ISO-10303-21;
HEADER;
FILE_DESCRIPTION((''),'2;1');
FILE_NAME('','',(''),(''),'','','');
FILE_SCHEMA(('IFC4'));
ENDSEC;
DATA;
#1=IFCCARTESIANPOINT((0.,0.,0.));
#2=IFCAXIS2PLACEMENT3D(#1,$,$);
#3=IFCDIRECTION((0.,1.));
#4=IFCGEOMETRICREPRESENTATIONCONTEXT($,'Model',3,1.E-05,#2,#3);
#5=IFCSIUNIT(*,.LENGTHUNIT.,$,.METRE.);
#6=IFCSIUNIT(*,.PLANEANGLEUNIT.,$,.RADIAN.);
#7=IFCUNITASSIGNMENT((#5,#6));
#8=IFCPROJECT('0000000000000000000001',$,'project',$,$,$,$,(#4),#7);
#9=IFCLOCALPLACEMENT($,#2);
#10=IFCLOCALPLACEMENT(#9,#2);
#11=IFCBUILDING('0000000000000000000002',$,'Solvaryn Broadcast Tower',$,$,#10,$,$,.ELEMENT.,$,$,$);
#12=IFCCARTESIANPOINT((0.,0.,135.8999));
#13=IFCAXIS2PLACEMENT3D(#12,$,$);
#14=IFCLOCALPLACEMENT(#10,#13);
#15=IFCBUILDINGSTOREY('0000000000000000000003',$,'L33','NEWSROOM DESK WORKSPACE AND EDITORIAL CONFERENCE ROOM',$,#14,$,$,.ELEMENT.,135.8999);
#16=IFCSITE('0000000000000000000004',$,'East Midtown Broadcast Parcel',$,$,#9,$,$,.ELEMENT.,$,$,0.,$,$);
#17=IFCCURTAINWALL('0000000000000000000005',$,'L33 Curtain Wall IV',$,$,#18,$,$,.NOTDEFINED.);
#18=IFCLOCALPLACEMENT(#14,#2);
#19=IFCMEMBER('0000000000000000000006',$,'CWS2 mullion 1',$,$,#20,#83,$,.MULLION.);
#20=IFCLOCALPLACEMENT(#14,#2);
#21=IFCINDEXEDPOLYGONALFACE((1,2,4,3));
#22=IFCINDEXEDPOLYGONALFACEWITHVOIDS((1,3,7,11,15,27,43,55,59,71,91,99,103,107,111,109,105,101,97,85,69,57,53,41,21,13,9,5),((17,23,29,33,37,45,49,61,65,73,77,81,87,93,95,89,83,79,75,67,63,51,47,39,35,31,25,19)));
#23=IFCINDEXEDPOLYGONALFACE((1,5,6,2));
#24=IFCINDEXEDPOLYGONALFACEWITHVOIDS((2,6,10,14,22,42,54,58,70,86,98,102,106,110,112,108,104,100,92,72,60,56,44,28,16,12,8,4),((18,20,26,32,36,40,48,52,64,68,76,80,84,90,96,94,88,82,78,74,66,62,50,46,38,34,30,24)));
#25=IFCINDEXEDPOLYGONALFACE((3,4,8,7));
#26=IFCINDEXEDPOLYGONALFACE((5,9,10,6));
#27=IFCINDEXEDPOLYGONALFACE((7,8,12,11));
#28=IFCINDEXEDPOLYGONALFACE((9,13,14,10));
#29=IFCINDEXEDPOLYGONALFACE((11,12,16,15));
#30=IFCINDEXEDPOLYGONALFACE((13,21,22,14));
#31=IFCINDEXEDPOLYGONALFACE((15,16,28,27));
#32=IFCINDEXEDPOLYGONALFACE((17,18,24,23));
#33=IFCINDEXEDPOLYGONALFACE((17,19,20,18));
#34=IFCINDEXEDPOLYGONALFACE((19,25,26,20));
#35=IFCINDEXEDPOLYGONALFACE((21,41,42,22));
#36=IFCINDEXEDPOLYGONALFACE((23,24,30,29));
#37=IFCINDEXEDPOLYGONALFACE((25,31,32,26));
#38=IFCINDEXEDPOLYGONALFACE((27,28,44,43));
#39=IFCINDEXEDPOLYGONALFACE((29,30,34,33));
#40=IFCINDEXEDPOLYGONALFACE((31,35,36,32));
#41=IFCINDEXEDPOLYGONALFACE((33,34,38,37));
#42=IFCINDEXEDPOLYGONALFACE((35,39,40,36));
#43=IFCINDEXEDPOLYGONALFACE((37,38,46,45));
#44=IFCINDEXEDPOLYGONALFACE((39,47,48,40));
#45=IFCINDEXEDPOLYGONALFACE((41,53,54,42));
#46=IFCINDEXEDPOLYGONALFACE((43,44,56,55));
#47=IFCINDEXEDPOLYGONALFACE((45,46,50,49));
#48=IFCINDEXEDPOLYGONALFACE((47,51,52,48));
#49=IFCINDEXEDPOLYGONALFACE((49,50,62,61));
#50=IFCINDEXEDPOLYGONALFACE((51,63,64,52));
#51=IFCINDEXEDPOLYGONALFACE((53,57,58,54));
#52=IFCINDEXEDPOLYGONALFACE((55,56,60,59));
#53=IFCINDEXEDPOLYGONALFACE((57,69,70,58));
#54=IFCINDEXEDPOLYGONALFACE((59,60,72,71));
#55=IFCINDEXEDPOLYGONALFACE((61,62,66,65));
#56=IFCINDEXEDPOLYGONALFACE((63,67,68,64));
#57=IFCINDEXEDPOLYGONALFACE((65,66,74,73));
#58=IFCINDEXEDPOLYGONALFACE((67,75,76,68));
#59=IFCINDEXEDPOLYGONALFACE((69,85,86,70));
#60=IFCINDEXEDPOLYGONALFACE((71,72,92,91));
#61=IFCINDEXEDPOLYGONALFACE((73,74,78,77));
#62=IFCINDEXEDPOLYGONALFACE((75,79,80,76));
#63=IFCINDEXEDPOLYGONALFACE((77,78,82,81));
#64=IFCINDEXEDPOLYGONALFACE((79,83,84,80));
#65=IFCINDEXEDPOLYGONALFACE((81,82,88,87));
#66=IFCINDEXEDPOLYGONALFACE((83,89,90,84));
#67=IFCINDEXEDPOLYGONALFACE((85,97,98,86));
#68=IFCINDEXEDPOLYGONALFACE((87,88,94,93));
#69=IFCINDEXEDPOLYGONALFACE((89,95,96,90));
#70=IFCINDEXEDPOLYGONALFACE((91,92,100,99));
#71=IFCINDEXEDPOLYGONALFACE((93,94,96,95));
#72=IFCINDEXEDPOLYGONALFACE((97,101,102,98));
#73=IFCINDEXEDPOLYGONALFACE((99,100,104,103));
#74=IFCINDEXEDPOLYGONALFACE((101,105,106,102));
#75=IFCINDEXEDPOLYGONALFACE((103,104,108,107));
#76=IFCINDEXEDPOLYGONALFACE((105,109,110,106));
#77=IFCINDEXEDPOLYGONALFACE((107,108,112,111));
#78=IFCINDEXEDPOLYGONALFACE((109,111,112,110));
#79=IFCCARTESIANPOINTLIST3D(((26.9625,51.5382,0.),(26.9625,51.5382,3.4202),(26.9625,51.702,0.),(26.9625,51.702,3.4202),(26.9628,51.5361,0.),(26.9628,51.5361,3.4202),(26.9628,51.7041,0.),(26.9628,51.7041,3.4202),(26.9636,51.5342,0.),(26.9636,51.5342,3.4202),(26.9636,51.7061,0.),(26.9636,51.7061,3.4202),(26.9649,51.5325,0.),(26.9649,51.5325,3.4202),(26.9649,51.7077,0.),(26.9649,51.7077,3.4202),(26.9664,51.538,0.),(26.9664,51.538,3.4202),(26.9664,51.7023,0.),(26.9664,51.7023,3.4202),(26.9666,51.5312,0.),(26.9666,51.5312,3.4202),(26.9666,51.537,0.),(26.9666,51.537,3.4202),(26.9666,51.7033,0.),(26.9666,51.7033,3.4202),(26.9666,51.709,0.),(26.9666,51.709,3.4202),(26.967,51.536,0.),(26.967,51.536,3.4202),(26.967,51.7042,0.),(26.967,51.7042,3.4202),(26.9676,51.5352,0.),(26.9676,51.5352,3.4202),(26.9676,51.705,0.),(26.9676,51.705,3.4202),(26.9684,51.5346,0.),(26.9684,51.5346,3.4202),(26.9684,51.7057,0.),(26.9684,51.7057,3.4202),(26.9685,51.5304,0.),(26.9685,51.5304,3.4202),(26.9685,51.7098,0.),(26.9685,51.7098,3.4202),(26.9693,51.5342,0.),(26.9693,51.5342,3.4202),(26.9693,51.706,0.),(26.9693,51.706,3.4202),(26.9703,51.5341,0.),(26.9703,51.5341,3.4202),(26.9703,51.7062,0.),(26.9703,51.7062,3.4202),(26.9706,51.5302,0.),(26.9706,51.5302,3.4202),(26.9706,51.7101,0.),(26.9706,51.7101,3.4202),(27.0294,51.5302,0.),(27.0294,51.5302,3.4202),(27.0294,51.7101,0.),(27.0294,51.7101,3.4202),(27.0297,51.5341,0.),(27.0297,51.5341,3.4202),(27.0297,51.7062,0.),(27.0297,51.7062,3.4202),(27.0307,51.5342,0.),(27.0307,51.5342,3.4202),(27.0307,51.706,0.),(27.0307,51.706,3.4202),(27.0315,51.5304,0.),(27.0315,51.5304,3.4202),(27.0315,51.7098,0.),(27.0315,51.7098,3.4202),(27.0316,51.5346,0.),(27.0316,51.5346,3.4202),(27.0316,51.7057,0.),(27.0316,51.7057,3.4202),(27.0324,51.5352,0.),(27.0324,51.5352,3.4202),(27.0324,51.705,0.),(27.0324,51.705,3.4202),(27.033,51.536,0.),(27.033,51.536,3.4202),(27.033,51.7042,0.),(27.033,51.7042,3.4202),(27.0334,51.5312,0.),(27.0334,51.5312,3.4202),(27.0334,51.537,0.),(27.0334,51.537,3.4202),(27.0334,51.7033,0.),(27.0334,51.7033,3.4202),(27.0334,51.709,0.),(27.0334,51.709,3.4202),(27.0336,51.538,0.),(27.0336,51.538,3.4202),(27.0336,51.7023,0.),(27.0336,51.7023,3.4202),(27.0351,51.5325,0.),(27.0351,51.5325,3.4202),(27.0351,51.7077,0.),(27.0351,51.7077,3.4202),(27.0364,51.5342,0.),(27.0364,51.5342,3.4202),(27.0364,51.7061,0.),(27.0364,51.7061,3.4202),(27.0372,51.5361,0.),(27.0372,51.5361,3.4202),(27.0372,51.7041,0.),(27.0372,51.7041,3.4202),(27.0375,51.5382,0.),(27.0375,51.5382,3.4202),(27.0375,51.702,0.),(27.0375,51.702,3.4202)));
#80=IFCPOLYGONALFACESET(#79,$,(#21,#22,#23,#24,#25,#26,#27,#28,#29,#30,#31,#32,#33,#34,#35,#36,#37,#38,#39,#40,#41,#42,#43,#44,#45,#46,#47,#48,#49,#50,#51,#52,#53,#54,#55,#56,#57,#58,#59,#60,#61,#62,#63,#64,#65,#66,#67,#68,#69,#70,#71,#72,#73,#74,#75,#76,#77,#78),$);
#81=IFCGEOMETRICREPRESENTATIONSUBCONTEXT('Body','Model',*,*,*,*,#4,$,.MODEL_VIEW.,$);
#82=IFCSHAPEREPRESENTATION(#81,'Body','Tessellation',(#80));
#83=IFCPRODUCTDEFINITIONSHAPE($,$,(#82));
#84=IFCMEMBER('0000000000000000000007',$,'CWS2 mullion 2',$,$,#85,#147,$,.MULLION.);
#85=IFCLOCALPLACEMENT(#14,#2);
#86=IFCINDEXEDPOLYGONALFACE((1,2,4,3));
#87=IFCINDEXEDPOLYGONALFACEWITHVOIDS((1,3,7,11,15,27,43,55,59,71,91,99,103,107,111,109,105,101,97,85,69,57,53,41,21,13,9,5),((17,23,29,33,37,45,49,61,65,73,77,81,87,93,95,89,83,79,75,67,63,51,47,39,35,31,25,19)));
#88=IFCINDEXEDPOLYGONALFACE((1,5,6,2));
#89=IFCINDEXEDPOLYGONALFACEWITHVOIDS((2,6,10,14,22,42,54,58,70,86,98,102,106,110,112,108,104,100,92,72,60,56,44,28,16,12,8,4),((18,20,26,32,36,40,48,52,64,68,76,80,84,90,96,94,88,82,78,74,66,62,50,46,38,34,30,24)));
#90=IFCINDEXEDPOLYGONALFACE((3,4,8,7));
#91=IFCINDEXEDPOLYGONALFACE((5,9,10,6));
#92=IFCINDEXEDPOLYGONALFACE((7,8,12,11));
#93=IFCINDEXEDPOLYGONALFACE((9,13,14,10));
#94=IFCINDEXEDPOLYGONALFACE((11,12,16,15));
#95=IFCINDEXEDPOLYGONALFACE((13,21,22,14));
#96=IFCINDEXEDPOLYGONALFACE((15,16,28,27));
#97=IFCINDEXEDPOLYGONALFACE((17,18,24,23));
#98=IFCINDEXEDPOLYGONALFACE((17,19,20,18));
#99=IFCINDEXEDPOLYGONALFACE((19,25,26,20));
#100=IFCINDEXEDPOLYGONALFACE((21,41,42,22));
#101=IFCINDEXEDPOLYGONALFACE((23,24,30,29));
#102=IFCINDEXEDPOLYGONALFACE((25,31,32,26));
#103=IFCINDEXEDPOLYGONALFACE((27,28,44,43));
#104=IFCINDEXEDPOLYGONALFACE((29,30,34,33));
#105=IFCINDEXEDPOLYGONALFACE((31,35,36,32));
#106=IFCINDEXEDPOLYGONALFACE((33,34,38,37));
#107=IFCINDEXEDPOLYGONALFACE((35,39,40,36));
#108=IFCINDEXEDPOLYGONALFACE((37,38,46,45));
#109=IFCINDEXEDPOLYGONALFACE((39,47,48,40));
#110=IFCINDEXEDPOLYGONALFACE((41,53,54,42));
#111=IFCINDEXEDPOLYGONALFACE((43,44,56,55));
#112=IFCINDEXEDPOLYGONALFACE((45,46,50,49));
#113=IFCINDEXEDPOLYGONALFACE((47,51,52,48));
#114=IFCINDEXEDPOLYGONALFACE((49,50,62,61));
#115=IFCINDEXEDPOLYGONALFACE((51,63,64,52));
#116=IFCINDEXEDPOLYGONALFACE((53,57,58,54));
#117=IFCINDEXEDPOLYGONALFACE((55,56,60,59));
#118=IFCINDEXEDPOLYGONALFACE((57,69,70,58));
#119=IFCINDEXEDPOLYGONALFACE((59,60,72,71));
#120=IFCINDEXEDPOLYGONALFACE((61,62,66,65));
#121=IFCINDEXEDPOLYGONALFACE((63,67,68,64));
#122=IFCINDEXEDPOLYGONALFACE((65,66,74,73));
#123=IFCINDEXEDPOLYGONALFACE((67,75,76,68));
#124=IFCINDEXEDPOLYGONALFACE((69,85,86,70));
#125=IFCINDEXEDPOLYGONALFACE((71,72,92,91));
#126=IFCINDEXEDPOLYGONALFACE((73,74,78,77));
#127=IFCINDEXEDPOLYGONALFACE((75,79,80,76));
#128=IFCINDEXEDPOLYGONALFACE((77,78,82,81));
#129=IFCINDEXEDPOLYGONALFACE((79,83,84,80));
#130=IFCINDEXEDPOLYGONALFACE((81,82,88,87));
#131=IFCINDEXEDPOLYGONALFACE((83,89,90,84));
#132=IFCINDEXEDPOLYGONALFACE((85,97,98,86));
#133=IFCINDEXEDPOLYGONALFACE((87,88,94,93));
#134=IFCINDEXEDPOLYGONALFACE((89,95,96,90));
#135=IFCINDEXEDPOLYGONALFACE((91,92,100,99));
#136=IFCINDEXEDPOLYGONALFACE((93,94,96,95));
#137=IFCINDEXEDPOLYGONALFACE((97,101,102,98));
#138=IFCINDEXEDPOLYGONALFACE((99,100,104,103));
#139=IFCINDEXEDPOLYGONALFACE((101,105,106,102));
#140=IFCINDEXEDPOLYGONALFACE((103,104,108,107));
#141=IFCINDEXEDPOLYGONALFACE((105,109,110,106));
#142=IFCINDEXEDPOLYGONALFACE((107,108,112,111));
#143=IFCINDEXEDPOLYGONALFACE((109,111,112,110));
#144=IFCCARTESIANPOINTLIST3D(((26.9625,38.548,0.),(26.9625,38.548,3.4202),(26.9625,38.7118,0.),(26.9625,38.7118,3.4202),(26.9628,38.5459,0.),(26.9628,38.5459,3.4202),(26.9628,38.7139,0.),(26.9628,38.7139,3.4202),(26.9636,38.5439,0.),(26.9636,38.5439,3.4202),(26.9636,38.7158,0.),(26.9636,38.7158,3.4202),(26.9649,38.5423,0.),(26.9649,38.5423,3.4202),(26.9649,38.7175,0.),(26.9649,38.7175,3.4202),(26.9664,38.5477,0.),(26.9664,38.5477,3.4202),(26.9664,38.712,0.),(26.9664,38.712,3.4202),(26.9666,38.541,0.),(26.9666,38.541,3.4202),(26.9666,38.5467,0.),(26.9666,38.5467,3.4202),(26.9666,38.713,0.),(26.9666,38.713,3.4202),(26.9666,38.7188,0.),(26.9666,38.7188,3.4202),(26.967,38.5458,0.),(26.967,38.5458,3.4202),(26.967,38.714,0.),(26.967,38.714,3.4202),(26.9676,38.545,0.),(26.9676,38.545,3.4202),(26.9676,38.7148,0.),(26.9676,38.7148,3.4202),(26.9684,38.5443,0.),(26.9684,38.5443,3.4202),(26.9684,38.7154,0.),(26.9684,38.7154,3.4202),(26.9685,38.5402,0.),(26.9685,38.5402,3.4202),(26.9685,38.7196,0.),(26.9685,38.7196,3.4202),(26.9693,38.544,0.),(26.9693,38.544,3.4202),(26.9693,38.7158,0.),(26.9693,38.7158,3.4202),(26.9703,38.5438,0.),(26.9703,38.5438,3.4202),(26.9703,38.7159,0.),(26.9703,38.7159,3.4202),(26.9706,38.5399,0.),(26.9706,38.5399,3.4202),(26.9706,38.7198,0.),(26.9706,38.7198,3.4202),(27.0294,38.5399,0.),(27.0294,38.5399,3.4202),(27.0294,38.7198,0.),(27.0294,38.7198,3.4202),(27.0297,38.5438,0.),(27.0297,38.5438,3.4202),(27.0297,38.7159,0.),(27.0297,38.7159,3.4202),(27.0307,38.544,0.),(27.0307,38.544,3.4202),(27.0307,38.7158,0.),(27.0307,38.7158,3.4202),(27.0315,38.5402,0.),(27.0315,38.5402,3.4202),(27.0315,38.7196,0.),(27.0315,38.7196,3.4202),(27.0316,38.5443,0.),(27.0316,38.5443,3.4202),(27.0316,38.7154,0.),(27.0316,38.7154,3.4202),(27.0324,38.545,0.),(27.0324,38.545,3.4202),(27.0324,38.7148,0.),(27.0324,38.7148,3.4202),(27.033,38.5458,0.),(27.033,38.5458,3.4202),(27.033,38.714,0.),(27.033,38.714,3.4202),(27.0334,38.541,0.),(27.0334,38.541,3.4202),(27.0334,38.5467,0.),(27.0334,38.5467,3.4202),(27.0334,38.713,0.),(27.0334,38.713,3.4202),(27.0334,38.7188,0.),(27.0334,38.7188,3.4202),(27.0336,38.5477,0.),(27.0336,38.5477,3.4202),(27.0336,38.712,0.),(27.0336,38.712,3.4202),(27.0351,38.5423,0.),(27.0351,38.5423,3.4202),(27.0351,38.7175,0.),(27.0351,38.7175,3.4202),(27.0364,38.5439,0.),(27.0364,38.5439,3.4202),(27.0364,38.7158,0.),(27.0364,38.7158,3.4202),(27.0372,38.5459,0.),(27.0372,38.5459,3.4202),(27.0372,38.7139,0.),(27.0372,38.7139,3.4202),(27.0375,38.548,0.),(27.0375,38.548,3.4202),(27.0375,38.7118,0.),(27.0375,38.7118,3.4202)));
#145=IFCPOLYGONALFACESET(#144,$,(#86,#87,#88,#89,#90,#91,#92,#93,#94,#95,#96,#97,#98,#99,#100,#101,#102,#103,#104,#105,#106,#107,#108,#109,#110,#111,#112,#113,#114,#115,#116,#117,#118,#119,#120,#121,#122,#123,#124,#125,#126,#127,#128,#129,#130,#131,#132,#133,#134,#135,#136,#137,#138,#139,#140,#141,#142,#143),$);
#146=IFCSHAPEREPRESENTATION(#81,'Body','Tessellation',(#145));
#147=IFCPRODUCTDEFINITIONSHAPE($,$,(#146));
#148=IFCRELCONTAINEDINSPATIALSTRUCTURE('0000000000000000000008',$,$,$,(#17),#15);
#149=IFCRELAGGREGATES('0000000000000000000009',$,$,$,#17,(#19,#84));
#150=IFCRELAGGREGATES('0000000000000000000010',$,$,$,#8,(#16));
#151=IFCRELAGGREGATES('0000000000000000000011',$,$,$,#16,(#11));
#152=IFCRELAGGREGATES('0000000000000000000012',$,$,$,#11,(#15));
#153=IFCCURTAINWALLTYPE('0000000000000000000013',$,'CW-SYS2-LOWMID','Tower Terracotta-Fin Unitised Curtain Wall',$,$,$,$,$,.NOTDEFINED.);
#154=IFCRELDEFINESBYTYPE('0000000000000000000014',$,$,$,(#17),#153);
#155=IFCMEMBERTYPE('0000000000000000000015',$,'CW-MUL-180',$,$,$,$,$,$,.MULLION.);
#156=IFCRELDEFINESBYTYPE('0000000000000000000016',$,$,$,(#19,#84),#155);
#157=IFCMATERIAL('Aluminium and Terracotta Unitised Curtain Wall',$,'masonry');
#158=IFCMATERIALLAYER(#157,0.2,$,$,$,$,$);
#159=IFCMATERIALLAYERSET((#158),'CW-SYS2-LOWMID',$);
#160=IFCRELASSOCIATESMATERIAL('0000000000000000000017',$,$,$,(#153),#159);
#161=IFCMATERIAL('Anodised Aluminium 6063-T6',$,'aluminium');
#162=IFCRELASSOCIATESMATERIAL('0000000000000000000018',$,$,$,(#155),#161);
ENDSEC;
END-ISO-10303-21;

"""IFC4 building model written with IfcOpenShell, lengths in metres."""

from ifc_helpers import new_model, si_unit, direction, frame, origin, origin_2d, place, context, subcontext, project, spatial, hollow_rectangle, extrude, material, layer, layer_set, material_profile, profile_set, type_object, element, aggregate, save


model = new_model("IFC4")

# Units and contexts
model_context = context("Model", 3, precision=1e-05, world=origin(), true_north=direction((0.0, 1.0)))
body_context = subcontext(model_context, "Body", "Model", "MODEL_VIEW")
ifc_project = project(units=[si_unit("LENGTHUNIT", "METRE"), si_unit("PLANEANGLEUNIT", "RADIAN")], contexts=[model_context])

# Site, building, storey
site_placement = place(None, origin())
site = spatial("IfcSite", under=ifc_project, at=site_placement, Name="East Midtown Broadcast Parcel", CompositionType="ELEMENT", RefElevation=0.0)
building_placement = place(site_placement, origin())
building = spatial("IfcBuilding", under=site, at=building_placement, Name="Solvaryn Broadcast Tower", CompositionType="ELEMENT")
storey_placement = place(building_placement, frame((0.0, 0.0, 135.8999)))
storey = spatial("IfcBuildingStorey", under=building, at=storey_placement, Name="L33", Description="NEWSROOM DESK WORKSPACE AND EDITORIAL CONFERENCE ROOM", CompositionType="ELEMENT", Elevation=135.8999)

# Curtain wall, members
ifc_material_1 = material(Name="Aluminium and Terracotta Unitised Curtain Wall", Category="masonry")
ifc_layer_1 = layer(ifc_material_1, 0.2)
ifc_layer_set_1 = layer_set([ifc_layer_1], Name="CW-SYS2-LOWMID")
curtain_wall_type = type_object("IfcCurtainWallType", Name="CW-SYS2-LOWMID", Description="Tower Terracotta-Fin Unitised Curtain Wall", PredefinedType="NOTDEFINED", material=ifc_layer_set_1)
curtain_wall_1_placement = place(storey_placement, origin())
curtain_wall_1 = element("IfcCurtainWall", 1, at=curtain_wall_1_placement, inside=storey, type_object=curtain_wall_type, Name="L33 Curtain Wall IV", PredefinedType="NOTDEFINED")
ifc_material_2 = material(Name="Anodised Aluminium 6063-T6", Category="aluminium")
ifc_material_profile_1 = material_profile(ifc_material_2, hollow_rectangle(XDim=0.075, YDim=0.1799, WallThickness=0.0039, InnerFilletRadius=0.0039, OuterFilletRadius=0.0081, at=origin_2d()))
ifc_profile_set_1 = profile_set([ifc_material_profile_1], Name="Anodised Aluminium 6063-T6")
member_type_1 = type_object("IfcMemberType", Name="CW-MUL-180", PredefinedType="MULLION", material=ifc_profile_set_1)
member_1_placement = place(storey_placement, frame((27.0, 51.6201, 0.0), z_axis=(0.0, 0.0, 1.0), x_axis=(1.0, 0.0, 0.0)))
member_1 = element("IfcMember", 2, at=member_1_placement, type_object=member_type_1, Name="CWS2 mullion 1", PredefinedType="MULLION", context=body_context, shape_type="SweptSolid", body=[
    extrude(hollow_rectangle(XDim=0.075, YDim=0.1799, WallThickness=0.0039, InnerFilletRadius=0.0039, OuterFilletRadius=0.0081, at=origin_2d()), origin(), (0.0, 0.0, 1.0), 3.4202),
])
member_2_placement = place(storey_placement, frame((27.0, 38.6299, 0.0), z_axis=(0.0, 0.0, 1.0), x_axis=(1.0, 0.0, 0.0)))
member_2 = element("IfcMember", 3, at=member_2_placement, type_object=member_type_1, Name="CWS2 mullion 2", PredefinedType="MULLION", context=body_context, shape_type="SweptSolid", body=[
    extrude(hollow_rectangle(XDim=0.075, YDim=0.1799, WallThickness=0.0039, InnerFilletRadius=0.0039, OuterFilletRadius=0.0081, at=origin_2d()), origin(), (0.0, 0.0, 1.0), 3.4202),
])

aggregate(curtain_wall_1, [member_1, member_2])

save(model, "model.ifc")
